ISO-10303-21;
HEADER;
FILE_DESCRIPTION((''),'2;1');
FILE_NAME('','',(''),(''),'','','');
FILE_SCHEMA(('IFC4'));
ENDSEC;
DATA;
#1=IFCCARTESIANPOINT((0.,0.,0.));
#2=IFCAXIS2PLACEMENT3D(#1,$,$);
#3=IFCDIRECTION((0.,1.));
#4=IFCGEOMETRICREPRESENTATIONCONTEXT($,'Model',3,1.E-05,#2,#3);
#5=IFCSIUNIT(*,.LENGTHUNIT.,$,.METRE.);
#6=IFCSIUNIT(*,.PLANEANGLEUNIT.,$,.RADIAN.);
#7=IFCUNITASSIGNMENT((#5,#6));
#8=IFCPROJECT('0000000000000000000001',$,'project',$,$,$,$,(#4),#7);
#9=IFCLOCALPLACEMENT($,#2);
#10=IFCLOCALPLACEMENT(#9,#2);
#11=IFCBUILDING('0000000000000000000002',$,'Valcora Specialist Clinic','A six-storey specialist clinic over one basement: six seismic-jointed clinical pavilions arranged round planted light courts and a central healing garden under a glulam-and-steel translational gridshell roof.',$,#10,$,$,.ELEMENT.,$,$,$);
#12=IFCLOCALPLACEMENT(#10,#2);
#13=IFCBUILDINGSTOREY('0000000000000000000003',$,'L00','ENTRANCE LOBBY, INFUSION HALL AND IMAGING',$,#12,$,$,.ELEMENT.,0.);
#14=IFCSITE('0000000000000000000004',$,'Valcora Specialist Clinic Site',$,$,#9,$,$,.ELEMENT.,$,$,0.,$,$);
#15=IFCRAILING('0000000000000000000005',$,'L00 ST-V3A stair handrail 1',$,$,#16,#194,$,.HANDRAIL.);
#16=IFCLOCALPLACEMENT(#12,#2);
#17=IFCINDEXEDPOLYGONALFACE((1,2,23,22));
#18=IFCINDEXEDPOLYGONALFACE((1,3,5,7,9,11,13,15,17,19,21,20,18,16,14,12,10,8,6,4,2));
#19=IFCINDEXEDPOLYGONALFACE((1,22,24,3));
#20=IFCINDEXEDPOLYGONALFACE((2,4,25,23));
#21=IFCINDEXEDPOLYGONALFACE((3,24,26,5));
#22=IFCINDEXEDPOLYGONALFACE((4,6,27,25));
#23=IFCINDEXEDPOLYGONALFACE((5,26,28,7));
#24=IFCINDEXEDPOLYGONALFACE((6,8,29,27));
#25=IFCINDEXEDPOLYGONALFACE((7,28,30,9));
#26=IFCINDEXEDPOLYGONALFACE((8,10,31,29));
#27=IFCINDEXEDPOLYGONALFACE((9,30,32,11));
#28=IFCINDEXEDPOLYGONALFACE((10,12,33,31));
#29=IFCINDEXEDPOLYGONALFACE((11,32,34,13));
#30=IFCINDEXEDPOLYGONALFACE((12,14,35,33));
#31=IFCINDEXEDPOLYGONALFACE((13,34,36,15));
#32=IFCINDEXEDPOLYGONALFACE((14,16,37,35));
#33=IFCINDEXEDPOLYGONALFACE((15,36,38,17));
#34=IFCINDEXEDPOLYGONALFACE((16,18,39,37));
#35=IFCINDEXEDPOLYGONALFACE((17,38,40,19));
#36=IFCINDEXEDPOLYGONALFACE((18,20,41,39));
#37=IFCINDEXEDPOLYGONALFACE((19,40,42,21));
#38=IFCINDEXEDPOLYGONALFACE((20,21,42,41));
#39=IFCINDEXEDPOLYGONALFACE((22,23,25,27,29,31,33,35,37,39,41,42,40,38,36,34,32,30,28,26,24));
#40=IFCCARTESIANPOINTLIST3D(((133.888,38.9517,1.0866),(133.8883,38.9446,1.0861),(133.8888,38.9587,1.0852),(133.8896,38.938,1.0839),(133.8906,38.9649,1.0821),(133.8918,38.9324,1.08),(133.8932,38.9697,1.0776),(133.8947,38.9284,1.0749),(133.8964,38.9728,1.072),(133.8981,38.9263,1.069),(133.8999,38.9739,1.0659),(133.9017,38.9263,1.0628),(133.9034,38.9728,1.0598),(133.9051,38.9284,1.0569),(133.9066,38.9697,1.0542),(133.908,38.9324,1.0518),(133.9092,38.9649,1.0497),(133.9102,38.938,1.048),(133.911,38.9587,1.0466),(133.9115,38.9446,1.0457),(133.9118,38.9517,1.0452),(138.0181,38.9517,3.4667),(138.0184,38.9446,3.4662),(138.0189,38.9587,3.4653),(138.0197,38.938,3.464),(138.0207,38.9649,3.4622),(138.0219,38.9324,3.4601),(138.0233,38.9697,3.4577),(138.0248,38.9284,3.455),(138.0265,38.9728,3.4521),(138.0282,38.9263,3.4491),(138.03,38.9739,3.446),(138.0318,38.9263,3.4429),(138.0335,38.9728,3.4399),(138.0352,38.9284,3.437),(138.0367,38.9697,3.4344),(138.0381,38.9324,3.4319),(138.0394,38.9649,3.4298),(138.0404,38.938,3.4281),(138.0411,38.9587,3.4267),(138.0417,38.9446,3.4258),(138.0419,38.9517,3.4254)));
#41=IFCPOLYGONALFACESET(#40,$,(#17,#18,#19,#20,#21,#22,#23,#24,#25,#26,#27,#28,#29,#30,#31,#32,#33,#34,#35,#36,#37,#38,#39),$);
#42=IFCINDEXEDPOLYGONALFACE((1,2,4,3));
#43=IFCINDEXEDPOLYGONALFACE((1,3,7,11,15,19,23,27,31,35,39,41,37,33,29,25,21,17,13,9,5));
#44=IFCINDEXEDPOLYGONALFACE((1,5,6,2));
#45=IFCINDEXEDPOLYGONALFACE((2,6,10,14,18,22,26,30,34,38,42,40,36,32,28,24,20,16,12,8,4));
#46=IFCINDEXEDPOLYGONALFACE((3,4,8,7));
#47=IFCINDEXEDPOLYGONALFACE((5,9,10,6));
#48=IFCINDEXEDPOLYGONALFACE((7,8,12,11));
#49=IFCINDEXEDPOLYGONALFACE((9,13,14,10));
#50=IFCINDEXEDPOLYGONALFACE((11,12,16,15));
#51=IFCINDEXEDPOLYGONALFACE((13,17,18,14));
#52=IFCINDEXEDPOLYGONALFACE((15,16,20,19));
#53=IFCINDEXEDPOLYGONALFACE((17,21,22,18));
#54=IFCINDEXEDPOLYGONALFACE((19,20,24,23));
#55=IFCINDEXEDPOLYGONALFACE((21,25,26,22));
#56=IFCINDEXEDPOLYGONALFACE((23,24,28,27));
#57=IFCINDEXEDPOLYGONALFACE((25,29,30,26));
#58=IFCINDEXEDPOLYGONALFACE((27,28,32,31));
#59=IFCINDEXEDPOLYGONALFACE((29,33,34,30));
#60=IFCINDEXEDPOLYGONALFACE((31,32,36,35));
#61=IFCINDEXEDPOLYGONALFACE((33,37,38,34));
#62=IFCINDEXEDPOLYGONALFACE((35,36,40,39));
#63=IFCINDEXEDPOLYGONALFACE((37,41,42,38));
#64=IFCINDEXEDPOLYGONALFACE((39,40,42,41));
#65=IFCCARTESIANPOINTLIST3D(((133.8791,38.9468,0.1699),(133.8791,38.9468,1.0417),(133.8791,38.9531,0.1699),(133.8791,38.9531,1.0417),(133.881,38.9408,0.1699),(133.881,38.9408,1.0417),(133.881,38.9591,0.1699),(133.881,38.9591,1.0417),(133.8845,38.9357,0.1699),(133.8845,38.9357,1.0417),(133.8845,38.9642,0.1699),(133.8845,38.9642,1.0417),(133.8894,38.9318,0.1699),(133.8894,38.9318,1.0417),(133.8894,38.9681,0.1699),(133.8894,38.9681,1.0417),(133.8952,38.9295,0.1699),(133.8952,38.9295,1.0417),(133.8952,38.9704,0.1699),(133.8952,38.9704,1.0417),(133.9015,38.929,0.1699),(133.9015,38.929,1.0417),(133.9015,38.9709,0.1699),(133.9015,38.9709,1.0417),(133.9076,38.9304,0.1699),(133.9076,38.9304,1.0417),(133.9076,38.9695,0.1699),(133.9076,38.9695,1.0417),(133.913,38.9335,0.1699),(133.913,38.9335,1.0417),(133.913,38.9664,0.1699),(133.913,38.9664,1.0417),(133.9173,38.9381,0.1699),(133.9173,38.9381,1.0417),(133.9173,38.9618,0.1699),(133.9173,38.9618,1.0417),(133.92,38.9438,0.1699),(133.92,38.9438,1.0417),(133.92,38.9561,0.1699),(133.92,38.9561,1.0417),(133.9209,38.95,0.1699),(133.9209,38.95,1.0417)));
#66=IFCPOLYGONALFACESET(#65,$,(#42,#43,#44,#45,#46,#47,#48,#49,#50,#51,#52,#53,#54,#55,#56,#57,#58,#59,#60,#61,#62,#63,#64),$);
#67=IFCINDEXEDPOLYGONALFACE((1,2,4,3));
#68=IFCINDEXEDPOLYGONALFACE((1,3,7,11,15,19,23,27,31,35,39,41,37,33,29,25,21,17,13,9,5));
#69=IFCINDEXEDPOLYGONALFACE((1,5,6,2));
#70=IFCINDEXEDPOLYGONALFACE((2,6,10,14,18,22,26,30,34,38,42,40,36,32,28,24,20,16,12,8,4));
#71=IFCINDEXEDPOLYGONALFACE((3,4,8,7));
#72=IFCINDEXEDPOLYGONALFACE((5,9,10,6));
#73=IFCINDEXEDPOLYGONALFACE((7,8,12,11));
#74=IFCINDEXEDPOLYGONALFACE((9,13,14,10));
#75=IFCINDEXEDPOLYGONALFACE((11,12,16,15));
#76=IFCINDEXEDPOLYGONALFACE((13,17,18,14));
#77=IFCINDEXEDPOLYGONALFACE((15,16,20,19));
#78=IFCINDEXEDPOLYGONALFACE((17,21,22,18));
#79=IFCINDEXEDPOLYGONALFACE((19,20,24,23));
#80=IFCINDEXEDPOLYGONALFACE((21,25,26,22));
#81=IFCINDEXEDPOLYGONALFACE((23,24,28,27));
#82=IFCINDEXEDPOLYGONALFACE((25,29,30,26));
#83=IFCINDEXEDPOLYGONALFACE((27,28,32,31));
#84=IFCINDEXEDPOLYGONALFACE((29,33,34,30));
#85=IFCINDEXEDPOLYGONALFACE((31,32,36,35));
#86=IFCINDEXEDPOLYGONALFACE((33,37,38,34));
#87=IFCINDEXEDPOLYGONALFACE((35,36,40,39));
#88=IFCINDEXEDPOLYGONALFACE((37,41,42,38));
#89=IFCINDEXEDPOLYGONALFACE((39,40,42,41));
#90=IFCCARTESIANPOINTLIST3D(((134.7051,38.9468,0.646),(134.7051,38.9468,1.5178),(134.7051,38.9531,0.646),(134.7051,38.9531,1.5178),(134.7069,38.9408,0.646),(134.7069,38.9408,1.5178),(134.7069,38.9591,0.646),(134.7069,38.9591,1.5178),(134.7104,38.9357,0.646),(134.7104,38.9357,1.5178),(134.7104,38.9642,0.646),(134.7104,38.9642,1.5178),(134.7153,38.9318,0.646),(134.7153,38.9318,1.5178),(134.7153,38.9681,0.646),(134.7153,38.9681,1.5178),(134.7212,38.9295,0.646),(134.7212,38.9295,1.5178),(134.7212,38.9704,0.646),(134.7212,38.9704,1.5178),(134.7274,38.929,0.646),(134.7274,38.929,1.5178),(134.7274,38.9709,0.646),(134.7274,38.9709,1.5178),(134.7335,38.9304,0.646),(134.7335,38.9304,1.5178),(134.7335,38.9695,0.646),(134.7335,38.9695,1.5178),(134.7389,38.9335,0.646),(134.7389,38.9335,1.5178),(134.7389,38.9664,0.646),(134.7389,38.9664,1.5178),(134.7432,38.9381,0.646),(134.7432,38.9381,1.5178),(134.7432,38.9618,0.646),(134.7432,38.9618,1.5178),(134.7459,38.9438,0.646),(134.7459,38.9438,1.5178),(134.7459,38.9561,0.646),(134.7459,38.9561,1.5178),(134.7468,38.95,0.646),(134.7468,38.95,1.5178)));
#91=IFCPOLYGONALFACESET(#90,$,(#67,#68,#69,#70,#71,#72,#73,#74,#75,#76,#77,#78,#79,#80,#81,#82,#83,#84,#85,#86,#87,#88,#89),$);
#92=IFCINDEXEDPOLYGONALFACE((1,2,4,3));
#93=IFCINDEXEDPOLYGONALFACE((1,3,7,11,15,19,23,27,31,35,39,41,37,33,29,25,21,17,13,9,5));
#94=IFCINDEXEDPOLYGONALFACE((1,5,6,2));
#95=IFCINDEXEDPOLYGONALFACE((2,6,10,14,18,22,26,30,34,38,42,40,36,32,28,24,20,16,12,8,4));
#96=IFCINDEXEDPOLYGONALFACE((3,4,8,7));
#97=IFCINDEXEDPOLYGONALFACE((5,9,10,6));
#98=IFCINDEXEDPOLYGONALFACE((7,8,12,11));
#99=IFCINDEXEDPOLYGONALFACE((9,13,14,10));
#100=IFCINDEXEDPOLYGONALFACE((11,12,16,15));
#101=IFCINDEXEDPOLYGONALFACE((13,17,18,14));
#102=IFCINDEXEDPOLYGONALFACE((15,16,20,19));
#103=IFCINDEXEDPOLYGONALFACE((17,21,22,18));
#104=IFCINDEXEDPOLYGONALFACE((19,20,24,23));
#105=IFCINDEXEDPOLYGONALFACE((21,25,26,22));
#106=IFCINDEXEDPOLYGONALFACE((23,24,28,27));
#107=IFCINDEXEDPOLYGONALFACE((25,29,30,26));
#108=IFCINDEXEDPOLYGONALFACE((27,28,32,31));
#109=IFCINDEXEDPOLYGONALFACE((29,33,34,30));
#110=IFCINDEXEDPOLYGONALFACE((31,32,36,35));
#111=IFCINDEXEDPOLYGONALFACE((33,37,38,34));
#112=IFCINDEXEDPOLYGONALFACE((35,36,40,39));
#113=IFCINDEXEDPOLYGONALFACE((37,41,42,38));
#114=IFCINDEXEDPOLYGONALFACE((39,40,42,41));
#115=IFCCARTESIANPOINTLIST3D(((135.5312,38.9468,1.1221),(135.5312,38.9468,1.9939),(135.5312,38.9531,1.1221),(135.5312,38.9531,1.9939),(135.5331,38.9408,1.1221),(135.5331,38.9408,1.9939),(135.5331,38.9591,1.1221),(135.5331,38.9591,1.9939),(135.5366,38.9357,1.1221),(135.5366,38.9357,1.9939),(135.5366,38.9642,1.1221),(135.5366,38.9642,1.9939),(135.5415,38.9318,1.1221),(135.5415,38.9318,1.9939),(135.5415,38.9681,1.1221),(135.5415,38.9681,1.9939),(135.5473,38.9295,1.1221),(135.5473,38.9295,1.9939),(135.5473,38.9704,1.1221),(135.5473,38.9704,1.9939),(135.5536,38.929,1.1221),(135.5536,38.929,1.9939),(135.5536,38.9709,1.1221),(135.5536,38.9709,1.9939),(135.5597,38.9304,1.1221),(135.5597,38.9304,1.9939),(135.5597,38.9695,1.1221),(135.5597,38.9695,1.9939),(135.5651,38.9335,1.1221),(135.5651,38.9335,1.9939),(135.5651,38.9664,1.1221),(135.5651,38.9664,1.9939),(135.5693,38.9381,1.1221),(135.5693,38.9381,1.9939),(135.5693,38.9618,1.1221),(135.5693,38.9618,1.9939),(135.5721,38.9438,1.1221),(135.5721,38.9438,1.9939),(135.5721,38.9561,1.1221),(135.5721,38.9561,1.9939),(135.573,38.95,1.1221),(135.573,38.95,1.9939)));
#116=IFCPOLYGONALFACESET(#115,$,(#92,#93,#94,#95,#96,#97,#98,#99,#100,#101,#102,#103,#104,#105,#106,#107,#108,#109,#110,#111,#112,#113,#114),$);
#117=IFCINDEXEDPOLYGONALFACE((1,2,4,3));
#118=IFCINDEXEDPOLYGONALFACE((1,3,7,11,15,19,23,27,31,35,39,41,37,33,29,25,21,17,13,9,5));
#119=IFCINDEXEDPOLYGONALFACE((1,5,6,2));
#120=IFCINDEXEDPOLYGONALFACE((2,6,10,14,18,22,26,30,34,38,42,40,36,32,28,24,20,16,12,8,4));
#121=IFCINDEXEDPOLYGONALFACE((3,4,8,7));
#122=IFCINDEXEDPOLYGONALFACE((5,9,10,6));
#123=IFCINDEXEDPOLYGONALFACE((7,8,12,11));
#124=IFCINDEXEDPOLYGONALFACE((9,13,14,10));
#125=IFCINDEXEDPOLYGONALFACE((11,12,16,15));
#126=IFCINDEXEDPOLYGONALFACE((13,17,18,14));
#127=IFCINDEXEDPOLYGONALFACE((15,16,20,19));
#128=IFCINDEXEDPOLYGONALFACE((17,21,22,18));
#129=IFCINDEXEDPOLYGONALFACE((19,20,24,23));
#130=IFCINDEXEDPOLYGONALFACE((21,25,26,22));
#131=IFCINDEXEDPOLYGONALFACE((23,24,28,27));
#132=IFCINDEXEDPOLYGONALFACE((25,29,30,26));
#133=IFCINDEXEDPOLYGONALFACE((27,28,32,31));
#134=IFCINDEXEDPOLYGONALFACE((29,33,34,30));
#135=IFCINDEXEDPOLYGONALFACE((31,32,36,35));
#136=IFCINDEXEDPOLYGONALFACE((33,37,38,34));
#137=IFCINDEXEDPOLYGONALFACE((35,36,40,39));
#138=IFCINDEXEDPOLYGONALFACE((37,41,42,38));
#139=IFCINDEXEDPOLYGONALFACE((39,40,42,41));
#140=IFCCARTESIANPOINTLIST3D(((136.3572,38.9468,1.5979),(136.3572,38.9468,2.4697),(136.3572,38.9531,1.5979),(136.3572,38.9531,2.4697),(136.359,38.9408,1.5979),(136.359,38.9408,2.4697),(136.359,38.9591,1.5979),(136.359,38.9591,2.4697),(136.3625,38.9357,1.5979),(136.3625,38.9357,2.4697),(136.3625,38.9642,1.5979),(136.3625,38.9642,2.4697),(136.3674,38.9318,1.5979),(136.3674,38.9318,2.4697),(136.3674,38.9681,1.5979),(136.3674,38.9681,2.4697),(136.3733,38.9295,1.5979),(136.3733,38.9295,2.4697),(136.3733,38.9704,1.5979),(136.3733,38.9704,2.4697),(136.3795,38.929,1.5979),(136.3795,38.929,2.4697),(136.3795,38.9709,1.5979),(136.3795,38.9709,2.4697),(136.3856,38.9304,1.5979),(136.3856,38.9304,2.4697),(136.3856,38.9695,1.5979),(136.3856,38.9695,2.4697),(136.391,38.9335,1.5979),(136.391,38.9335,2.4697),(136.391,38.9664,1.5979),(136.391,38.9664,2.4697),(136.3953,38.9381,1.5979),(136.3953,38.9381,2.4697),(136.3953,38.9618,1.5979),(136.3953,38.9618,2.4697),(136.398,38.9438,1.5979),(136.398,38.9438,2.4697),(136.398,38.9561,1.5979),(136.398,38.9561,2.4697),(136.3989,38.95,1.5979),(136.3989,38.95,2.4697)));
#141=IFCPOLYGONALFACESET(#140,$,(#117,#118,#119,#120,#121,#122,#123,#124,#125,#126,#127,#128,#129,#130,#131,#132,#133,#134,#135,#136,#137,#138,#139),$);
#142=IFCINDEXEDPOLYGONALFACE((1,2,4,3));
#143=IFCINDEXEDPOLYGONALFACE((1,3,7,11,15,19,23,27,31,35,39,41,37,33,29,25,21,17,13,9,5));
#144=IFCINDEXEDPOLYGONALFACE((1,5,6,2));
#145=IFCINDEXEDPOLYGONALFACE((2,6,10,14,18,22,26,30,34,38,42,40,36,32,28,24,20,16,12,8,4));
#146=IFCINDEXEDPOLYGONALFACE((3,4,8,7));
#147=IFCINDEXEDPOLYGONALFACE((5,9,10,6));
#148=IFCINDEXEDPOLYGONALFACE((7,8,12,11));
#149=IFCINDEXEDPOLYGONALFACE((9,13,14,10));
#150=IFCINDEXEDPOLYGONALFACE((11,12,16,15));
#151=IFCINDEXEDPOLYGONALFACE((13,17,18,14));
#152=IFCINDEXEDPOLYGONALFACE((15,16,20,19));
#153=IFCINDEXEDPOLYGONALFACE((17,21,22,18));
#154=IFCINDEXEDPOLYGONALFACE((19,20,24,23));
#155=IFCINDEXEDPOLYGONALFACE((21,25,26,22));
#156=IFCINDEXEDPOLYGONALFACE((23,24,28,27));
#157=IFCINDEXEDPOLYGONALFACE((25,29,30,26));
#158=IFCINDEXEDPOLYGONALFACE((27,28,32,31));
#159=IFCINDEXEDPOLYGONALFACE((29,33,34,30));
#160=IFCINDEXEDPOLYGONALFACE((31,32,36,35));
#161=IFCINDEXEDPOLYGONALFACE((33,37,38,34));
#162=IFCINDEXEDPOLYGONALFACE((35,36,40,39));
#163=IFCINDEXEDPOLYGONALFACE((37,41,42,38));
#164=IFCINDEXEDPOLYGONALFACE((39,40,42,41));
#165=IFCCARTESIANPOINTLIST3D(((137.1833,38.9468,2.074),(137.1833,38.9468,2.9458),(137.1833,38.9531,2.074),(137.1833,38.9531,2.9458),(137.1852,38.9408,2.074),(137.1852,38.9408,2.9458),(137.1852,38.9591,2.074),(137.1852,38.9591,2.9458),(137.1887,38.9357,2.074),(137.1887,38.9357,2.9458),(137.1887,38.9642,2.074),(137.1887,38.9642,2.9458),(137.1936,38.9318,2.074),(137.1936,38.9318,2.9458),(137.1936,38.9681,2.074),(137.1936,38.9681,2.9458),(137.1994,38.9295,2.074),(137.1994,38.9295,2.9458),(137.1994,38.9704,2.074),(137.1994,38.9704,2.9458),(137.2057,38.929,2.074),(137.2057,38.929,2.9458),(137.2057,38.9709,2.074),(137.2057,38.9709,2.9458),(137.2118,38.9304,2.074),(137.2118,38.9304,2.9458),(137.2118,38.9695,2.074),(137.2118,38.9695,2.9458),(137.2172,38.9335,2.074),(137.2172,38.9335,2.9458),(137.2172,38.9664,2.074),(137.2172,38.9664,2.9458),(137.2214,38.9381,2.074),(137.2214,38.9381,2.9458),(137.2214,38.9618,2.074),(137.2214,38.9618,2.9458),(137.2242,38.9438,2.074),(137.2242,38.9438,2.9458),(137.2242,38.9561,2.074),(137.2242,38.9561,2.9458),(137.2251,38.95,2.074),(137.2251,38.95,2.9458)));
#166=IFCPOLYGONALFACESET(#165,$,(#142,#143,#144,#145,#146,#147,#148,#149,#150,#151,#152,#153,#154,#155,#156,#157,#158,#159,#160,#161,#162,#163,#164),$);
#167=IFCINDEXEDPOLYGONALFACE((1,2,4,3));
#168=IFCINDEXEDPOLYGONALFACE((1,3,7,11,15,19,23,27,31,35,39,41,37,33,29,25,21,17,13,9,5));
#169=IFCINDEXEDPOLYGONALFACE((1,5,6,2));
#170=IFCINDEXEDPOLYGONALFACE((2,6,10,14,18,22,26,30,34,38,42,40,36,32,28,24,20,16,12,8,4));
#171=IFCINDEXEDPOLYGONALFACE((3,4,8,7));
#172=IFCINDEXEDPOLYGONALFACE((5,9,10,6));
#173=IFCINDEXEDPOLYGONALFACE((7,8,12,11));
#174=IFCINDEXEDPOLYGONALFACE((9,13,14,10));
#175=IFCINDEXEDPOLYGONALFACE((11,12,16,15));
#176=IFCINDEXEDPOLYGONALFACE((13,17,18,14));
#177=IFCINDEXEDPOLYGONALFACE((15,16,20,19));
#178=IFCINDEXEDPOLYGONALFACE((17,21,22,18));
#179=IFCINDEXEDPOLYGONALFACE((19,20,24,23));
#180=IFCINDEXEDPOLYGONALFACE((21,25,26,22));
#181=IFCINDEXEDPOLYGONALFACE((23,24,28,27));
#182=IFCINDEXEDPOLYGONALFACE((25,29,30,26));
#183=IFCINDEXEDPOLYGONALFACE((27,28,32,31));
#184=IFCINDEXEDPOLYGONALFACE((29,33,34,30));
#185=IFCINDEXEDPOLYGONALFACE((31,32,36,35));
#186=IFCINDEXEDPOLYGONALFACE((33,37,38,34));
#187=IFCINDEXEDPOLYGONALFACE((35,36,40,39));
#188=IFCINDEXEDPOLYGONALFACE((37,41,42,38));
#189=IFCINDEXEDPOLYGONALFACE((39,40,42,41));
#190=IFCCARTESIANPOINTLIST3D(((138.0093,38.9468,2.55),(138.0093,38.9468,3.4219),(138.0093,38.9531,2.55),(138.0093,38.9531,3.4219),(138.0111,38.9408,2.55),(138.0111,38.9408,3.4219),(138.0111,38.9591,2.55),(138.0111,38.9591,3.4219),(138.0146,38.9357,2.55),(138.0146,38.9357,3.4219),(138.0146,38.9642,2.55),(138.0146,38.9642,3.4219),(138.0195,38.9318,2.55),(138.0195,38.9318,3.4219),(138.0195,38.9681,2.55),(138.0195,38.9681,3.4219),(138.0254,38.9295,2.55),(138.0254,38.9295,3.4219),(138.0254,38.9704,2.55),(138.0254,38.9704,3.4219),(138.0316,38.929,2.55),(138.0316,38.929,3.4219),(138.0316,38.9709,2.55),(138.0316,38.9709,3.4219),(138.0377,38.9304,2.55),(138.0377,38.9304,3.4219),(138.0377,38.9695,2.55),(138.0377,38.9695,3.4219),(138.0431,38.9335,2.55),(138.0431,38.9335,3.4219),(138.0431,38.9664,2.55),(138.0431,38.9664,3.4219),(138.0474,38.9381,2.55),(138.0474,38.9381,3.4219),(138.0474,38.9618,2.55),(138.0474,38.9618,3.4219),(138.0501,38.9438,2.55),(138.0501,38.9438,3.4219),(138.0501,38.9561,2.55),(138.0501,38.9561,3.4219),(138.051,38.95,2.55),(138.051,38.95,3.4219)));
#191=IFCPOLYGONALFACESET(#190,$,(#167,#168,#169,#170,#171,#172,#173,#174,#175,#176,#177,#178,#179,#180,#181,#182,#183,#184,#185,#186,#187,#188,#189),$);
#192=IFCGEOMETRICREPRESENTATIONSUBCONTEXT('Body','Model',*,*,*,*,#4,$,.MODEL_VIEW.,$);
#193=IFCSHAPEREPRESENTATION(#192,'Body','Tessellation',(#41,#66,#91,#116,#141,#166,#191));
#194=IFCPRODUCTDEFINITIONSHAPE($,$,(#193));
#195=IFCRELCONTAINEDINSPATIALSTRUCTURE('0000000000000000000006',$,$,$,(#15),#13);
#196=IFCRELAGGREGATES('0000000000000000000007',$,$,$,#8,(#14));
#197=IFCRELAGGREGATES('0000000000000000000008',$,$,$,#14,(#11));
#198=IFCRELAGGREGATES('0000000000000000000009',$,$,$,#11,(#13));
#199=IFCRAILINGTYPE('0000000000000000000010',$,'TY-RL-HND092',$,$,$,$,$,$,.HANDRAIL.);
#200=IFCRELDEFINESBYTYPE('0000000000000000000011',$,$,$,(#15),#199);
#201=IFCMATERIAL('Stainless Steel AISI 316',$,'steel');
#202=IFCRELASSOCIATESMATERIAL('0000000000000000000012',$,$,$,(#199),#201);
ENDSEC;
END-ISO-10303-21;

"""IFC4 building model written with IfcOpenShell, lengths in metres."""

from ifc_helpers import new_model, si_unit, direction, frame, origin, origin_2d, place, context, subcontext, project, spatial, circle, extrude, material, type_object, element, save


model = new_model("IFC4")

# Units and contexts
model_context = context("Model", 3, precision=1e-05, world=origin(), true_north=direction((0.0, 1.0)))
body_context = subcontext(model_context, "Body", "Model", "MODEL_VIEW")
ifc_project = project(units=[si_unit("LENGTHUNIT", "METRE"), si_unit("PLANEANGLEUNIT", "RADIAN")], contexts=[model_context])

# Site, building, storey
site_placement = place(None, origin())
site = spatial("IfcSite", under=ifc_project, at=site_placement, Name="Valcora Specialist Clinic Site", CompositionType="ELEMENT", RefElevation=0.0)
building_placement = place(site_placement, origin())
building = spatial("IfcBuilding", under=site, at=building_placement, Name="Valcora Specialist Clinic", Description="A six-storey specialist clinic over one basement: six seismic-jointed clinical pavilions arranged round planted light courts and a central healing garden under a glulam-and-steel translational gridshell roof.", CompositionType="ELEMENT")
storey_placement = place(building_placement, origin())
storey = spatial("IfcBuildingStorey", under=building, at=storey_placement, Name="L00", Description="ENTRANCE LOBBY, INFUSION HALL AND IMAGING", CompositionType="ELEMENT", Elevation=0.0)

# Shared definitions
ifc_material_1 = material(Name="Stainless Steel AISI 316", Category="steel")

# Railing
railing_type_1 = type_object("IfcRailingType", Name="TY-RL-HND092", PredefinedType="HANDRAIL", material=ifc_material_1)
railing_1_placement = place(storey_placement, frame((133.8999, 38.95, 0.1699)))
element("IfcRailing", 1, at=railing_1_placement, inside=storey, type_object=railing_type_1, Name="L00 ST-V3A stair handrail 1", PredefinedType="HANDRAIL", context=body_context, shape_type="SweptSolid", body=[
    extrude(circle(Radius=0.0239, at=origin_2d()), frame((0.0, 0.0, 0.896), z_axis=(0.866425, 0.0, 0.499307), x_axis=(0.0, 1.0, 0.0)), (0.0, 0.0, 1.0), 4.7668),
    extrude(circle(Radius=0.021, at=origin_2d()), origin(), (0.0, 0.0, 1.0), 0.8718),
    extrude(circle(Radius=0.021, at=origin_2d()), frame((0.8259, 0.0, 0.4761)), (0.0, 0.0, 1.0), 0.8718),
    extrude(circle(Radius=0.021, at=origin_2d()), frame((1.6521, 0.0, 0.9521)), (0.0, 0.0, 1.0), 0.8718),
    extrude(circle(Radius=0.021, at=origin_2d()), frame((2.478, 0.0, 1.428)), (0.0, 0.0, 1.0), 0.8718),
    extrude(circle(Radius=0.021, at=origin_2d()), frame((3.3042, 0.0, 1.9041)), (0.0, 0.0, 1.0), 0.8718),
    extrude(circle(Radius=0.021, at=origin_2d()), frame((4.1301, 0.0, 2.3801)), (0.0, 0.0, 1.0), 0.8718),
])

save(model, "model.ifc")
